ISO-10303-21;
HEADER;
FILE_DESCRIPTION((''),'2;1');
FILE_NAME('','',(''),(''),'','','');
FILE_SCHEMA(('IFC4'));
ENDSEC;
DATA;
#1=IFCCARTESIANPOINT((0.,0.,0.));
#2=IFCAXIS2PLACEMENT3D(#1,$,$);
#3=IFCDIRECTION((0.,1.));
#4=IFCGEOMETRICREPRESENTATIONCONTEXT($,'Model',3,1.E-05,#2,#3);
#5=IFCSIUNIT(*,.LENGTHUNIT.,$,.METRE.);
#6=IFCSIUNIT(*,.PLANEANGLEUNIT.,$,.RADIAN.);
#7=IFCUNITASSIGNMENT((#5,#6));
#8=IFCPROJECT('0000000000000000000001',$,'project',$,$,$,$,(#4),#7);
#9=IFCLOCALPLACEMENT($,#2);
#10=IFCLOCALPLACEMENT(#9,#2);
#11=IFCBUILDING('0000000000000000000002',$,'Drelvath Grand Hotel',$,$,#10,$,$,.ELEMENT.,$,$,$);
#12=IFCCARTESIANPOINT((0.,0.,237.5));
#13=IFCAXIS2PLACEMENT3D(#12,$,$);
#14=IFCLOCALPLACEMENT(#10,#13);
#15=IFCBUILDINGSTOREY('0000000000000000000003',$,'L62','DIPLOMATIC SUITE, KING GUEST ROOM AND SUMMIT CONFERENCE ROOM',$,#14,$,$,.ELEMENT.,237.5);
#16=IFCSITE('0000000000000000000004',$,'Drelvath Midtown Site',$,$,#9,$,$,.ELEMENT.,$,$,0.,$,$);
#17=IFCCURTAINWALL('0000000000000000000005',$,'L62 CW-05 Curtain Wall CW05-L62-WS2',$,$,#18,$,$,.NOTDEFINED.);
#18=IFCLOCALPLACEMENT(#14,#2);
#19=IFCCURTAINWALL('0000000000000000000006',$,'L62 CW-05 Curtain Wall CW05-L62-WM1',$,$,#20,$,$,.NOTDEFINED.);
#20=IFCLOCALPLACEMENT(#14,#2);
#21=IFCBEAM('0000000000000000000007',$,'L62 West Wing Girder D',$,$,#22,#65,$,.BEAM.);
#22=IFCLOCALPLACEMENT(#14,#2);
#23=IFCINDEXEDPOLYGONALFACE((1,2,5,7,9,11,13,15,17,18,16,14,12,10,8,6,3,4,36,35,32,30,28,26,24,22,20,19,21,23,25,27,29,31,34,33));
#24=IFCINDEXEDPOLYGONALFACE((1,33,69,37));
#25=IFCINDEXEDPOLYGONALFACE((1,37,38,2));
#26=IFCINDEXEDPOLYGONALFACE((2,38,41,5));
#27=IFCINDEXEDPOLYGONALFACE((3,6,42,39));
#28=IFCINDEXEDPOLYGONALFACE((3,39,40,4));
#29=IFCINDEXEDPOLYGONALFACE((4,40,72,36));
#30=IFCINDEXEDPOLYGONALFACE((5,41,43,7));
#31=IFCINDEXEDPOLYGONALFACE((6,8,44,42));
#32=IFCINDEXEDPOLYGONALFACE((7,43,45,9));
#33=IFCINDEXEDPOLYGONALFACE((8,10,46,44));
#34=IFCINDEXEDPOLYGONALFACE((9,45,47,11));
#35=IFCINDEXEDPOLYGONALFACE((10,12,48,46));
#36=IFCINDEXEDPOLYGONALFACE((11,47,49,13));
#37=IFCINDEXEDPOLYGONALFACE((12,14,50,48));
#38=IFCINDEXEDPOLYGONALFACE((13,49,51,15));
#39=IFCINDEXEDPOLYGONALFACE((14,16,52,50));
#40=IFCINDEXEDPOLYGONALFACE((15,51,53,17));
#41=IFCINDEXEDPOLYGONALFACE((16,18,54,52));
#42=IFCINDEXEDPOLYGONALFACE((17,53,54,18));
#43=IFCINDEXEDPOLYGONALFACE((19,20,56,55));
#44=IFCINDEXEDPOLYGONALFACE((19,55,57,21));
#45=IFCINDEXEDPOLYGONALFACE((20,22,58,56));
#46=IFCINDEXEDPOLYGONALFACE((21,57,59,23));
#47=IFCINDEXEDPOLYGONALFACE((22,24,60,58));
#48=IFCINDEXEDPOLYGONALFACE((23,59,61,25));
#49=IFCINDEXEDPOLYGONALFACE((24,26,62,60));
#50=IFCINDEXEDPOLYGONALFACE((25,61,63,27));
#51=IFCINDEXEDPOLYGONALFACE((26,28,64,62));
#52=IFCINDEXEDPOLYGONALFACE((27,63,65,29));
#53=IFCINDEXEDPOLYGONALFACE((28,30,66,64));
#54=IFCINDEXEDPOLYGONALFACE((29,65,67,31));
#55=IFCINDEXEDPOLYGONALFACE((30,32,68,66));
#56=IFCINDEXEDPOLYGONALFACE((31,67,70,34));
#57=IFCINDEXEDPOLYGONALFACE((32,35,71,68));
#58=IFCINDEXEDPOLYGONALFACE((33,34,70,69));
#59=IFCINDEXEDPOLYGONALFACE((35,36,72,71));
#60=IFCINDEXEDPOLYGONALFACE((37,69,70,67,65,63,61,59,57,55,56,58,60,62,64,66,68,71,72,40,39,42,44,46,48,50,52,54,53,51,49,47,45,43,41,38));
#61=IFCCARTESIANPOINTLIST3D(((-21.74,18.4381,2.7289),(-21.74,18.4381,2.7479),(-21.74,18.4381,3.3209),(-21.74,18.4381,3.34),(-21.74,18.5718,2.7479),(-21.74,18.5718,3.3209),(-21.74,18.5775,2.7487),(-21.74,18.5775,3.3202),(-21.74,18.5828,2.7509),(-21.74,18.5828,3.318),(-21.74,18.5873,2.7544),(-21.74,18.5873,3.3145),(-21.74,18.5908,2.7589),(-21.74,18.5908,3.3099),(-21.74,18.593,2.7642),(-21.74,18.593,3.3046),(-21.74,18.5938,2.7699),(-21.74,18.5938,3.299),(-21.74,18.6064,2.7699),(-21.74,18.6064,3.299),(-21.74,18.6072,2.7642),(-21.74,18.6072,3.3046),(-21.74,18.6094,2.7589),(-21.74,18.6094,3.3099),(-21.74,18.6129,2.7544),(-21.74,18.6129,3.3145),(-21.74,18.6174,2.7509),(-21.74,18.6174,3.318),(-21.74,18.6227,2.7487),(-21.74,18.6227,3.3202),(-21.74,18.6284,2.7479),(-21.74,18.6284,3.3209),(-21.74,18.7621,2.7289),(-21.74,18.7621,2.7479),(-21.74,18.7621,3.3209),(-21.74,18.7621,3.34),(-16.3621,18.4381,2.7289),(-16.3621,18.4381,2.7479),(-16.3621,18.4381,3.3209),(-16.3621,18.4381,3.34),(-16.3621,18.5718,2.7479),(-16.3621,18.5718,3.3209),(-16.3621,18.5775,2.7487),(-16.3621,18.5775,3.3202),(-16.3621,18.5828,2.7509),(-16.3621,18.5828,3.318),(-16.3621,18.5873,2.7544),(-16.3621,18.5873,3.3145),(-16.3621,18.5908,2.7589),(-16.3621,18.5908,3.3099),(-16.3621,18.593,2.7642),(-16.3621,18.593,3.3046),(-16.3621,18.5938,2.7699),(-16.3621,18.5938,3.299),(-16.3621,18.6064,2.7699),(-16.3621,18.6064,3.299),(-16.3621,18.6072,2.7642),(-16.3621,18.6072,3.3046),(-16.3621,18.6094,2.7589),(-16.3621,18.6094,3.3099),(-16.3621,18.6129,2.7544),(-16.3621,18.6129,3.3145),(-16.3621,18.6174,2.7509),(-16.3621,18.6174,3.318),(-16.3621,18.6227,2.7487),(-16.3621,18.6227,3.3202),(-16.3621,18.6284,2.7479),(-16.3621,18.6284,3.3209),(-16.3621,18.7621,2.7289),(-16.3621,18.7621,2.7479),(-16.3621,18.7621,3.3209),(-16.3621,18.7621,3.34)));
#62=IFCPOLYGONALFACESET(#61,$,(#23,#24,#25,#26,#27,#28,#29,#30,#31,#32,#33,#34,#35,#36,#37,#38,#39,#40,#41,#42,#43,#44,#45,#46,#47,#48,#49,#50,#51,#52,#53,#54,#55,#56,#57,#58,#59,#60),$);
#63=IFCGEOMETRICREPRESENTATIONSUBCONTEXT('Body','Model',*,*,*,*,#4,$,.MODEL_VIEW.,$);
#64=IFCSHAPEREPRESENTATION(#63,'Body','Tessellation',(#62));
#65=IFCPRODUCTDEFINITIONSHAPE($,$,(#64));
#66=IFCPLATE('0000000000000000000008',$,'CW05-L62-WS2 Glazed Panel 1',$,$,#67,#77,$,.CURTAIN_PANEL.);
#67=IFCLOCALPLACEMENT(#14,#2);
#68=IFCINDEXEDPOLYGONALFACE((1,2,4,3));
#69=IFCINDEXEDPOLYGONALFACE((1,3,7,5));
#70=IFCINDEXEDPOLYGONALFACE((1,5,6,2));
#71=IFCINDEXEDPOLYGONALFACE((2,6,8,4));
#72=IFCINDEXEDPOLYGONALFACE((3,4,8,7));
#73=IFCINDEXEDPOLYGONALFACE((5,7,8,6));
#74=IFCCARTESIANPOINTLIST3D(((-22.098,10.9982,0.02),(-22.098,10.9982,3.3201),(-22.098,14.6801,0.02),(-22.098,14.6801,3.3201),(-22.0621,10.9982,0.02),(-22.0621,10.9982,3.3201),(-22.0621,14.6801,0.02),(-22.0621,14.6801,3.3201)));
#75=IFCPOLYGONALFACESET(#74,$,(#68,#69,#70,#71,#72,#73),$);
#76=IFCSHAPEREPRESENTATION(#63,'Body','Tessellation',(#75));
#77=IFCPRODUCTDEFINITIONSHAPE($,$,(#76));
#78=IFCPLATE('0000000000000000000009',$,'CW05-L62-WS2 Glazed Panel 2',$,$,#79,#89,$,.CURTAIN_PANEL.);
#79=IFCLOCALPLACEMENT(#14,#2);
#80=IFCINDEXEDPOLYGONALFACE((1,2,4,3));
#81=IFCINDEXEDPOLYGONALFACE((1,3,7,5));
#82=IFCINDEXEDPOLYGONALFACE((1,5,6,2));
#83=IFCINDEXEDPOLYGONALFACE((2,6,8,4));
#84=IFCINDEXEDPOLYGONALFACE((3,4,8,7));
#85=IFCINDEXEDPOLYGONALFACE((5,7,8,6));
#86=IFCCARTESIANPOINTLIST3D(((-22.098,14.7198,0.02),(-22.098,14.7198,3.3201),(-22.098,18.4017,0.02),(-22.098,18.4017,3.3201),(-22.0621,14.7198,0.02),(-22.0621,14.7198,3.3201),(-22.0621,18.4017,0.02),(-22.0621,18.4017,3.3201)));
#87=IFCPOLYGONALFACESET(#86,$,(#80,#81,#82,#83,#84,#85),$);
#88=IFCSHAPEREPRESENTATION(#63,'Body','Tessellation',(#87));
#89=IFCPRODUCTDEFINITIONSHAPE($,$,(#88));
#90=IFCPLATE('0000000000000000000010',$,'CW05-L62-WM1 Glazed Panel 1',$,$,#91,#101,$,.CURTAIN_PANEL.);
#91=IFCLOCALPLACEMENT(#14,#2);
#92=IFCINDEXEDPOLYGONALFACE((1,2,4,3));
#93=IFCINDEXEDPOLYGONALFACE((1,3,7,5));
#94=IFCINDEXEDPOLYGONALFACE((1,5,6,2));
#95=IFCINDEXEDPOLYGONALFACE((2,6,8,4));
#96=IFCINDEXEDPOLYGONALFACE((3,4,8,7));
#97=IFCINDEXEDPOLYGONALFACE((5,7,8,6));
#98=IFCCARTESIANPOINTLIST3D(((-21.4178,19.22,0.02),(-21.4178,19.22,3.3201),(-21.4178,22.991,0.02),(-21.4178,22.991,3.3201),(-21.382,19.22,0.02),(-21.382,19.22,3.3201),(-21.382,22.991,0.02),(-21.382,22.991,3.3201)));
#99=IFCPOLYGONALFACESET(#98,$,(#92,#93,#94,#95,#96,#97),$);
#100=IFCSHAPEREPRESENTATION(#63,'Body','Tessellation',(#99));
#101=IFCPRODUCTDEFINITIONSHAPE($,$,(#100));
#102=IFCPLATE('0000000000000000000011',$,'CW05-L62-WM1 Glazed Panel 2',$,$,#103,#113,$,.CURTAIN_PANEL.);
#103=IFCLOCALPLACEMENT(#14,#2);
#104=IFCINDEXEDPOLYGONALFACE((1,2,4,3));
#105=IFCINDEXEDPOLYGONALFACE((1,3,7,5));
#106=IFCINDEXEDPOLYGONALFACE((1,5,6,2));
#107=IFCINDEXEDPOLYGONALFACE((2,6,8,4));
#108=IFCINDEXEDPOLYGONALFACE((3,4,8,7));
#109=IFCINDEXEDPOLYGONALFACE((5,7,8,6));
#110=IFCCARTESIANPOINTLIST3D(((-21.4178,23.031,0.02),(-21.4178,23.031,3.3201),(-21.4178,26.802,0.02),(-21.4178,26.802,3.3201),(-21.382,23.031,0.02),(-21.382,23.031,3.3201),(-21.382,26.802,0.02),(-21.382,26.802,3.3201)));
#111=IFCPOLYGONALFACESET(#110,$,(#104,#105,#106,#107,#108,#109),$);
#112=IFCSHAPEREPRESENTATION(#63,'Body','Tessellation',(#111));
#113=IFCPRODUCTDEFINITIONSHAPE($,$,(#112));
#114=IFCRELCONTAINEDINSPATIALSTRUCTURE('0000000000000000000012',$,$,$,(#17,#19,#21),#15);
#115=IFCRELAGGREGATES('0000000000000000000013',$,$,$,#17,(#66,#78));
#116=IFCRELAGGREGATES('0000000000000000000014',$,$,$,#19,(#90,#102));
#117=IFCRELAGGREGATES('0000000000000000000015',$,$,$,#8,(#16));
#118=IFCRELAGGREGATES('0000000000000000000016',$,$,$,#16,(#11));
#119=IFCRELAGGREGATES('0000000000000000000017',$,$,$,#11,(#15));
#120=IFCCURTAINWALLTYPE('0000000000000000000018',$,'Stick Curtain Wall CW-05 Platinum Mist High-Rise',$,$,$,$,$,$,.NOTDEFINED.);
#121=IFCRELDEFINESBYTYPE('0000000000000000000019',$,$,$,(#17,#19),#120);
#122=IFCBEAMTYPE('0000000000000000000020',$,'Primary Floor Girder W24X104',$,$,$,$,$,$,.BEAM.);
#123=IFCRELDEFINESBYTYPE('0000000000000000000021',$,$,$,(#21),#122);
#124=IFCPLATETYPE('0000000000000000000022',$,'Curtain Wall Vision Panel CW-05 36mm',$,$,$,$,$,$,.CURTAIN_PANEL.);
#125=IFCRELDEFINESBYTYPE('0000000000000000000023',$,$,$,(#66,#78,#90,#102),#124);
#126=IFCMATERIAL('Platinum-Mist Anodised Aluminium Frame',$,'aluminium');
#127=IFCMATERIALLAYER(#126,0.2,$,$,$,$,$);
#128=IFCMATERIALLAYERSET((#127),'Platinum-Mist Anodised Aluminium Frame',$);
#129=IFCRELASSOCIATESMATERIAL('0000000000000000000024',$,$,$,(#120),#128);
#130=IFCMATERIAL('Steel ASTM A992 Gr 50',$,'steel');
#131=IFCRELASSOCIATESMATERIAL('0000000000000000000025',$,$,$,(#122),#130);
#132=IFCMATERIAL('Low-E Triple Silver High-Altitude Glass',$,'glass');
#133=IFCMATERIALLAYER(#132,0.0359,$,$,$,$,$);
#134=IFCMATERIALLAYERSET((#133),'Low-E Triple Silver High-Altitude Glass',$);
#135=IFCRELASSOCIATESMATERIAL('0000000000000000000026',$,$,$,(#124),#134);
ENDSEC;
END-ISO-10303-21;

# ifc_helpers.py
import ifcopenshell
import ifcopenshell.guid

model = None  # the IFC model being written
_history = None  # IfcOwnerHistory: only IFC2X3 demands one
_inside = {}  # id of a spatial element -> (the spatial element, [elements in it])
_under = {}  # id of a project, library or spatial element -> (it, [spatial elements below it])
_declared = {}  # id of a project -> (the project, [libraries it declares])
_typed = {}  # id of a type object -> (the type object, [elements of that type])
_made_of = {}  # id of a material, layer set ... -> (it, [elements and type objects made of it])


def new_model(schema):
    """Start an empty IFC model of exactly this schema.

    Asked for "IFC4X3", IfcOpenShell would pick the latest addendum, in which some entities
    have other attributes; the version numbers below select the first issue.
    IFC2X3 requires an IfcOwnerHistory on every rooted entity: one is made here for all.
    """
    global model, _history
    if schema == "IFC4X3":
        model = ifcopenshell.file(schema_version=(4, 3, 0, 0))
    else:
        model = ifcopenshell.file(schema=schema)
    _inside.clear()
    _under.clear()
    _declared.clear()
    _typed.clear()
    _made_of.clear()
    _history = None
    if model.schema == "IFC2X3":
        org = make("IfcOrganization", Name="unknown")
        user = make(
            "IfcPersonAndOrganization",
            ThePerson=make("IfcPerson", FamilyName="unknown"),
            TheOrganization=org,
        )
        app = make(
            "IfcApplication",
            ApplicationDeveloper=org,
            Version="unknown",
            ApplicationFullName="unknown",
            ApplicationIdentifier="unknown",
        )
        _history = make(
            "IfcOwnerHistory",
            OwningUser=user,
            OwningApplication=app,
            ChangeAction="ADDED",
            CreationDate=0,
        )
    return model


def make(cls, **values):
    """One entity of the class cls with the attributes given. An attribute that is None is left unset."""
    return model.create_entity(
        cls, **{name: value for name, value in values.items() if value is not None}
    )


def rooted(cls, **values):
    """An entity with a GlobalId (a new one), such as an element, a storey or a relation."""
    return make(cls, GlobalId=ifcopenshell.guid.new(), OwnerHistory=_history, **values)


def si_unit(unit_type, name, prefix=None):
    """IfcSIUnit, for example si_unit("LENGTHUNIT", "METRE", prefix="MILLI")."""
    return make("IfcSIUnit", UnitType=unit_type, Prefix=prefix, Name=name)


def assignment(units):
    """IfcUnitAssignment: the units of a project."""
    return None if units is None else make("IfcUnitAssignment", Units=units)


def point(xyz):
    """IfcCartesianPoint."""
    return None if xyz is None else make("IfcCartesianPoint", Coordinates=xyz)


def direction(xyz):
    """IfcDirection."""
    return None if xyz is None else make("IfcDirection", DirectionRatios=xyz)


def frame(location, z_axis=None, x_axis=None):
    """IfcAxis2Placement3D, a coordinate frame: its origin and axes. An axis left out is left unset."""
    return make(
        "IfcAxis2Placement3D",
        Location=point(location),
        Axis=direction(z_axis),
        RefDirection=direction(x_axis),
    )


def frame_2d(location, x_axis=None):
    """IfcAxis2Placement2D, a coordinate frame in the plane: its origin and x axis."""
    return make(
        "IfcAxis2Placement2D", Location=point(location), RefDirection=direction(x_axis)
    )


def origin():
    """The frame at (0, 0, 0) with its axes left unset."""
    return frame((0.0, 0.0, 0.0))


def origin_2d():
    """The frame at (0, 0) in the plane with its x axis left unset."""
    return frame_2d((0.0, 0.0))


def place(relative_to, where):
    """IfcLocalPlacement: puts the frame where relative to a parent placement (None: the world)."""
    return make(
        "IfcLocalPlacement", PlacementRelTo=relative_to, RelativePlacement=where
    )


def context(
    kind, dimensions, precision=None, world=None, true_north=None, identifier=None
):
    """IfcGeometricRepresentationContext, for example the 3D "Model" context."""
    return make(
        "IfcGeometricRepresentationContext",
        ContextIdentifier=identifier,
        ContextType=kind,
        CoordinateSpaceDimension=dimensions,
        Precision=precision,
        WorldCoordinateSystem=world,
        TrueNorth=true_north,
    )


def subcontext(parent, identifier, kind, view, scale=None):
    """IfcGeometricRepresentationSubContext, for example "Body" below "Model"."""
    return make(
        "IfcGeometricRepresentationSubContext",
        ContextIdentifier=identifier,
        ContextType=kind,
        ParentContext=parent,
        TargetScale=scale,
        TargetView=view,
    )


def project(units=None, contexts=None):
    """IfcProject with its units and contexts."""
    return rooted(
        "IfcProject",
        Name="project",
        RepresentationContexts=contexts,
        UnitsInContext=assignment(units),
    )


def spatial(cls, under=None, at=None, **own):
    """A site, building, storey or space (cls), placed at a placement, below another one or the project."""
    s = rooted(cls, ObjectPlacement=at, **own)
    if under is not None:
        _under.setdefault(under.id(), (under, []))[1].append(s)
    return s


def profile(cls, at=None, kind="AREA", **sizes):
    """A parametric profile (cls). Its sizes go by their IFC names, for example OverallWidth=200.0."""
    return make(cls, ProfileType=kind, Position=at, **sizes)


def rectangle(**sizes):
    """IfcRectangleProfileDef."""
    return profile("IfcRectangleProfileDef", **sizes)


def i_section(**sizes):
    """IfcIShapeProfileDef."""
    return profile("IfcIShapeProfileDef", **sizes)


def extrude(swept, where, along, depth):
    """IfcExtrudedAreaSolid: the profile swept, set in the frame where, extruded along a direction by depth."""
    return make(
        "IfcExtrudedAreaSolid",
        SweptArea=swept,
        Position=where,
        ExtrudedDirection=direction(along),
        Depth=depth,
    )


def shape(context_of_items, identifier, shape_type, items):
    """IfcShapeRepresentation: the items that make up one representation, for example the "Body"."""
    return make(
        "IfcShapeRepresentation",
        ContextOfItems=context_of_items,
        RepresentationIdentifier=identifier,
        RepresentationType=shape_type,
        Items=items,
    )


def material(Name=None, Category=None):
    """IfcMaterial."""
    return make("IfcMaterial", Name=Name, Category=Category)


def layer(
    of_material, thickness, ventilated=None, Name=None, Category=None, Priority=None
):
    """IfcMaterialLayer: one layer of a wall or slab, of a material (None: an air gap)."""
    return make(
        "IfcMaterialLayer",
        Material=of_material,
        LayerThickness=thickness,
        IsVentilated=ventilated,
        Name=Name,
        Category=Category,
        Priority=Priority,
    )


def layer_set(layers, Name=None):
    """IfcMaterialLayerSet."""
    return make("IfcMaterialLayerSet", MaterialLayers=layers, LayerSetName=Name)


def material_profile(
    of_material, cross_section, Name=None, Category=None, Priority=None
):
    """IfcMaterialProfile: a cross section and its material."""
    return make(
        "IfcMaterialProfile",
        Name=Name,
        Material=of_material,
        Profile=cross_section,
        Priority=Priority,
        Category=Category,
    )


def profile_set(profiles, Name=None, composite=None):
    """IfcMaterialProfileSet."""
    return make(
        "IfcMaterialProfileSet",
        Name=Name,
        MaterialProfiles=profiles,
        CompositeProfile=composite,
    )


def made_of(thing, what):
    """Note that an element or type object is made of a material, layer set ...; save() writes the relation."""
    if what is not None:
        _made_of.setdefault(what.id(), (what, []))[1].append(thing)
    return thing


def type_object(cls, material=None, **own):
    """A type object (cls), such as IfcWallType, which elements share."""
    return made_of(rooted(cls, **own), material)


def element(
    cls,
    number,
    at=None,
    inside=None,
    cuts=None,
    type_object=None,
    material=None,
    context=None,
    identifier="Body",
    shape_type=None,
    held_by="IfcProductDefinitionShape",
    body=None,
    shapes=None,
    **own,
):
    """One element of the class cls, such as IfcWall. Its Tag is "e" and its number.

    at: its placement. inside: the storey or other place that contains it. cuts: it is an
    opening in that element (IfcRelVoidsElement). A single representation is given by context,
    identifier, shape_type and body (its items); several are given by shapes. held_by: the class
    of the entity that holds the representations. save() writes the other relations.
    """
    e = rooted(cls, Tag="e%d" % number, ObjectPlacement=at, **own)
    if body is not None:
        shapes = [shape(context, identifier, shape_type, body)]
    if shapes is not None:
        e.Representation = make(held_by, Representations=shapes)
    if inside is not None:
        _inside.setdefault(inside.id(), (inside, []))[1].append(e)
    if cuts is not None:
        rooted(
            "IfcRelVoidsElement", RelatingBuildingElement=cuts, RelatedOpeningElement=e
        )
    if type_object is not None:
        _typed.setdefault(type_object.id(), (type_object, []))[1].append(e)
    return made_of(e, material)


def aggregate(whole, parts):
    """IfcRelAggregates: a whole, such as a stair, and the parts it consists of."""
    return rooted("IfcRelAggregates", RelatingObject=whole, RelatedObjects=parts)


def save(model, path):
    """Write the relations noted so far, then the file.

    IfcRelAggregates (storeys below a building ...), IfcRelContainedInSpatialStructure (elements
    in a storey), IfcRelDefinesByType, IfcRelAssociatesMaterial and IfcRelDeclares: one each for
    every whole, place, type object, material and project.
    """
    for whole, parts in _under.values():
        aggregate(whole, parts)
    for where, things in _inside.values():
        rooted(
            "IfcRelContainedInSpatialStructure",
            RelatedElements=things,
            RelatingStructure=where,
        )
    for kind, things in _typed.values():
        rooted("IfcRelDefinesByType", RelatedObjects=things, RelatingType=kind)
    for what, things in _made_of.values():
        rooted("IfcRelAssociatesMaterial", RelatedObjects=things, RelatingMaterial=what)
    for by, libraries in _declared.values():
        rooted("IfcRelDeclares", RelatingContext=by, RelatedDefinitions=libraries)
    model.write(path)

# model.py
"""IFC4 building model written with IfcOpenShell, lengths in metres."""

from ifc_helpers import new_model, si_unit, direction, frame, origin, origin_2d, place, context, subcontext, project, spatial, rectangle, i_section, extrude, material, layer, layer_set, material_profile, profile_set, type_object, element, aggregate, save


model = new_model("IFC4")

# Units and contexts
model_context = context("Model", 3, precision=1e-05, world=origin(), true_north=direction((0.0, 1.0)))
body_context = subcontext(model_context, "Body", "Model", "MODEL_VIEW")
ifc_project = project(units=[si_unit("LENGTHUNIT", "METRE"), si_unit("PLANEANGLEUNIT", "RADIAN")], contexts=[model_context])

# Site, building, storey
site_placement = place(None, origin())
site = spatial("IfcSite", under=ifc_project, at=site_placement, Name="Drelvath Midtown Site", CompositionType="ELEMENT", RefElevation=0.0)
building_placement = place(site_placement, origin())
building = spatial("IfcBuilding", under=site, at=building_placement, Name="Drelvath Grand Hotel", CompositionType="ELEMENT")
storey_placement = place(building_placement, frame((0.0, 0.0, 237.5)))
storey = spatial("IfcBuildingStorey", under=building, at=storey_placement, Name="L62", Description="DIPLOMATIC SUITE, KING GUEST ROOM AND SUMMIT CONFERENCE ROOM", CompositionType="ELEMENT", Elevation=237.5)

# Shared definitions
ifc_material_1 = material(Name="Steel ASTM A992 Gr 50", Category="steel")

# Curtain walls
ifc_material_2 = material(Name="Platinum-Mist Anodised Aluminium Frame", Category="aluminium")
ifc_layer_1 = layer(ifc_material_2, 0.2)
ifc_layer_set_1 = layer_set([ifc_layer_1], Name="Platinum-Mist Anodised Aluminium Frame")
curtain_wall_type = type_object("IfcCurtainWallType", Name="Stick Curtain Wall CW-05 Platinum Mist High-Rise", PredefinedType="NOTDEFINED", material=ifc_layer_set_1)
curtain_wall_1_placement = place(storey_placement, origin())
curtain_wall_1 = element("IfcCurtainWall", 1, at=curtain_wall_1_placement, inside=storey, type_object=curtain_wall_type, Name="L62 CW-05 Curtain Wall CW05-L62-WS2", PredefinedType="NOTDEFINED")
curtain_wall_2_placement = place(storey_placement, origin())
curtain_wall_2 = element("IfcCurtainWall", 2, at=curtain_wall_2_placement, inside=storey, type_object=curtain_wall_type, Name="L62 CW-05 Curtain Wall CW05-L62-WM1", PredefinedType="NOTDEFINED")

# Beam
ifc_material_profile_1 = material_profile(ifc_material_1, i_section(OverallWidth=0.324, OverallDepth=0.6111, WebThickness=0.0127, FlangeThickness=0.019, FilletRadius=0.022, at=origin_2d()), Name="W24X104")
ifc_profile_set_1 = profile_set([ifc_material_profile_1], Name="Steel ASTM A992 Gr 50")
beam_type_1 = type_object("IfcBeamType", Name="Primary Floor Girder W24X104", PredefinedType="BEAM", material=ifc_profile_set_1)
beam_1_placement = place(storey_placement, frame((-21.74, 18.6001, 3.0344), z_axis=(1.0, 0.0, 0.0), x_axis=(0.0, 1.0, 0.0)))
element("IfcBeam", 3, at=beam_1_placement, inside=storey, type_object=beam_type_1, Name="L62 West Wing Girder D", PredefinedType="BEAM", context=body_context, shape_type="SweptSolid", body=[
    extrude(i_section(OverallWidth=0.324, OverallDepth=0.6111, WebThickness=0.0127, FlangeThickness=0.019, FilletRadius=0.022, at=origin_2d()), origin(), (0.0, 0.0, 1.0), 5.3779),
])

# Plates
ifc_material_3 = material(Name="Low-E Triple Silver High-Altitude Glass", Category="glass")
ifc_layer_2 = layer(ifc_material_3, 0.0359)
ifc_layer_set_2 = layer_set([ifc_layer_2], Name="Low-E Triple Silver High-Altitude Glass")
plate_type = type_object("IfcPlateType", Name="Curtain Wall Vision Panel CW-05 36mm", PredefinedType="CURTAIN_PANEL", material=ifc_layer_set_2)
plate_1_placement = place(storey_placement, frame((-22.0801, 12.8391, 0.02), z_axis=(0.0, 0.0, 1.0), x_axis=(0.0, 1.0, 0.0)))
plate_1 = element("IfcPlate", 4, at=plate_1_placement, type_object=plate_type, Name="CW05-L62-WS2 Glazed Panel 1", PredefinedType="CURTAIN_PANEL", context=body_context, shape_type="SweptSolid", body=[
    extrude(rectangle(XDim=3.6819, YDim=0.0359, at=origin_2d()), origin(), (0.0, 0.0, 1.0), 3.3),
])
plate_2_placement = place(storey_placement, frame((-22.0801, 16.5608, 0.02), z_axis=(0.0, 0.0, 1.0), x_axis=(0.0, 1.0, 0.0)))
plate_2 = element("IfcPlate", 5, at=plate_2_placement, type_object=plate_type, Name="CW05-L62-WS2 Glazed Panel 2", PredefinedType="CURTAIN_PANEL", context=body_context, shape_type="SweptSolid", body=[
    extrude(rectangle(XDim=3.6819, YDim=0.0359, at=origin_2d()), origin(), (0.0, 0.0, 1.0), 3.3),
])
aggregate(curtain_wall_1, [plate_1, plate_2])
plate_3_placement = place(storey_placement, frame((-21.3999, 21.1055, 0.02), z_axis=(0.0, 0.0, 1.0), x_axis=(0.0, 1.0, 0.0)))
plate_3 = element("IfcPlate", 6, at=plate_3_placement, type_object=plate_type, Name="CW05-L62-WM1 Glazed Panel 1", PredefinedType="CURTAIN_PANEL", context=body_context, shape_type="SweptSolid", body=[
    extrude(rectangle(XDim=3.771, YDim=0.0359, at=origin_2d()), origin(), (0.0, 0.0, 1.0), 3.3),
])
plate_4_placement = place(storey_placement, frame((-21.3999, 24.9165, 0.02), z_axis=(0.0, 0.0, 1.0), x_axis=(0.0, 1.0, 0.0)))
plate_4 = element("IfcPlate", 7, at=plate_4_placement, type_object=plate_type, Name="CW05-L62-WM1 Glazed Panel 2", PredefinedType="CURTAIN_PANEL", context=body_context, shape_type="SweptSolid", body=[
    extrude(rectangle(XDim=3.771, YDim=0.0359, at=origin_2d()), origin(), (0.0, 0.0, 1.0), 3.3),
])
aggregate(curtain_wall_2, [plate_3, plate_4])

save(model, "model.ifc")
